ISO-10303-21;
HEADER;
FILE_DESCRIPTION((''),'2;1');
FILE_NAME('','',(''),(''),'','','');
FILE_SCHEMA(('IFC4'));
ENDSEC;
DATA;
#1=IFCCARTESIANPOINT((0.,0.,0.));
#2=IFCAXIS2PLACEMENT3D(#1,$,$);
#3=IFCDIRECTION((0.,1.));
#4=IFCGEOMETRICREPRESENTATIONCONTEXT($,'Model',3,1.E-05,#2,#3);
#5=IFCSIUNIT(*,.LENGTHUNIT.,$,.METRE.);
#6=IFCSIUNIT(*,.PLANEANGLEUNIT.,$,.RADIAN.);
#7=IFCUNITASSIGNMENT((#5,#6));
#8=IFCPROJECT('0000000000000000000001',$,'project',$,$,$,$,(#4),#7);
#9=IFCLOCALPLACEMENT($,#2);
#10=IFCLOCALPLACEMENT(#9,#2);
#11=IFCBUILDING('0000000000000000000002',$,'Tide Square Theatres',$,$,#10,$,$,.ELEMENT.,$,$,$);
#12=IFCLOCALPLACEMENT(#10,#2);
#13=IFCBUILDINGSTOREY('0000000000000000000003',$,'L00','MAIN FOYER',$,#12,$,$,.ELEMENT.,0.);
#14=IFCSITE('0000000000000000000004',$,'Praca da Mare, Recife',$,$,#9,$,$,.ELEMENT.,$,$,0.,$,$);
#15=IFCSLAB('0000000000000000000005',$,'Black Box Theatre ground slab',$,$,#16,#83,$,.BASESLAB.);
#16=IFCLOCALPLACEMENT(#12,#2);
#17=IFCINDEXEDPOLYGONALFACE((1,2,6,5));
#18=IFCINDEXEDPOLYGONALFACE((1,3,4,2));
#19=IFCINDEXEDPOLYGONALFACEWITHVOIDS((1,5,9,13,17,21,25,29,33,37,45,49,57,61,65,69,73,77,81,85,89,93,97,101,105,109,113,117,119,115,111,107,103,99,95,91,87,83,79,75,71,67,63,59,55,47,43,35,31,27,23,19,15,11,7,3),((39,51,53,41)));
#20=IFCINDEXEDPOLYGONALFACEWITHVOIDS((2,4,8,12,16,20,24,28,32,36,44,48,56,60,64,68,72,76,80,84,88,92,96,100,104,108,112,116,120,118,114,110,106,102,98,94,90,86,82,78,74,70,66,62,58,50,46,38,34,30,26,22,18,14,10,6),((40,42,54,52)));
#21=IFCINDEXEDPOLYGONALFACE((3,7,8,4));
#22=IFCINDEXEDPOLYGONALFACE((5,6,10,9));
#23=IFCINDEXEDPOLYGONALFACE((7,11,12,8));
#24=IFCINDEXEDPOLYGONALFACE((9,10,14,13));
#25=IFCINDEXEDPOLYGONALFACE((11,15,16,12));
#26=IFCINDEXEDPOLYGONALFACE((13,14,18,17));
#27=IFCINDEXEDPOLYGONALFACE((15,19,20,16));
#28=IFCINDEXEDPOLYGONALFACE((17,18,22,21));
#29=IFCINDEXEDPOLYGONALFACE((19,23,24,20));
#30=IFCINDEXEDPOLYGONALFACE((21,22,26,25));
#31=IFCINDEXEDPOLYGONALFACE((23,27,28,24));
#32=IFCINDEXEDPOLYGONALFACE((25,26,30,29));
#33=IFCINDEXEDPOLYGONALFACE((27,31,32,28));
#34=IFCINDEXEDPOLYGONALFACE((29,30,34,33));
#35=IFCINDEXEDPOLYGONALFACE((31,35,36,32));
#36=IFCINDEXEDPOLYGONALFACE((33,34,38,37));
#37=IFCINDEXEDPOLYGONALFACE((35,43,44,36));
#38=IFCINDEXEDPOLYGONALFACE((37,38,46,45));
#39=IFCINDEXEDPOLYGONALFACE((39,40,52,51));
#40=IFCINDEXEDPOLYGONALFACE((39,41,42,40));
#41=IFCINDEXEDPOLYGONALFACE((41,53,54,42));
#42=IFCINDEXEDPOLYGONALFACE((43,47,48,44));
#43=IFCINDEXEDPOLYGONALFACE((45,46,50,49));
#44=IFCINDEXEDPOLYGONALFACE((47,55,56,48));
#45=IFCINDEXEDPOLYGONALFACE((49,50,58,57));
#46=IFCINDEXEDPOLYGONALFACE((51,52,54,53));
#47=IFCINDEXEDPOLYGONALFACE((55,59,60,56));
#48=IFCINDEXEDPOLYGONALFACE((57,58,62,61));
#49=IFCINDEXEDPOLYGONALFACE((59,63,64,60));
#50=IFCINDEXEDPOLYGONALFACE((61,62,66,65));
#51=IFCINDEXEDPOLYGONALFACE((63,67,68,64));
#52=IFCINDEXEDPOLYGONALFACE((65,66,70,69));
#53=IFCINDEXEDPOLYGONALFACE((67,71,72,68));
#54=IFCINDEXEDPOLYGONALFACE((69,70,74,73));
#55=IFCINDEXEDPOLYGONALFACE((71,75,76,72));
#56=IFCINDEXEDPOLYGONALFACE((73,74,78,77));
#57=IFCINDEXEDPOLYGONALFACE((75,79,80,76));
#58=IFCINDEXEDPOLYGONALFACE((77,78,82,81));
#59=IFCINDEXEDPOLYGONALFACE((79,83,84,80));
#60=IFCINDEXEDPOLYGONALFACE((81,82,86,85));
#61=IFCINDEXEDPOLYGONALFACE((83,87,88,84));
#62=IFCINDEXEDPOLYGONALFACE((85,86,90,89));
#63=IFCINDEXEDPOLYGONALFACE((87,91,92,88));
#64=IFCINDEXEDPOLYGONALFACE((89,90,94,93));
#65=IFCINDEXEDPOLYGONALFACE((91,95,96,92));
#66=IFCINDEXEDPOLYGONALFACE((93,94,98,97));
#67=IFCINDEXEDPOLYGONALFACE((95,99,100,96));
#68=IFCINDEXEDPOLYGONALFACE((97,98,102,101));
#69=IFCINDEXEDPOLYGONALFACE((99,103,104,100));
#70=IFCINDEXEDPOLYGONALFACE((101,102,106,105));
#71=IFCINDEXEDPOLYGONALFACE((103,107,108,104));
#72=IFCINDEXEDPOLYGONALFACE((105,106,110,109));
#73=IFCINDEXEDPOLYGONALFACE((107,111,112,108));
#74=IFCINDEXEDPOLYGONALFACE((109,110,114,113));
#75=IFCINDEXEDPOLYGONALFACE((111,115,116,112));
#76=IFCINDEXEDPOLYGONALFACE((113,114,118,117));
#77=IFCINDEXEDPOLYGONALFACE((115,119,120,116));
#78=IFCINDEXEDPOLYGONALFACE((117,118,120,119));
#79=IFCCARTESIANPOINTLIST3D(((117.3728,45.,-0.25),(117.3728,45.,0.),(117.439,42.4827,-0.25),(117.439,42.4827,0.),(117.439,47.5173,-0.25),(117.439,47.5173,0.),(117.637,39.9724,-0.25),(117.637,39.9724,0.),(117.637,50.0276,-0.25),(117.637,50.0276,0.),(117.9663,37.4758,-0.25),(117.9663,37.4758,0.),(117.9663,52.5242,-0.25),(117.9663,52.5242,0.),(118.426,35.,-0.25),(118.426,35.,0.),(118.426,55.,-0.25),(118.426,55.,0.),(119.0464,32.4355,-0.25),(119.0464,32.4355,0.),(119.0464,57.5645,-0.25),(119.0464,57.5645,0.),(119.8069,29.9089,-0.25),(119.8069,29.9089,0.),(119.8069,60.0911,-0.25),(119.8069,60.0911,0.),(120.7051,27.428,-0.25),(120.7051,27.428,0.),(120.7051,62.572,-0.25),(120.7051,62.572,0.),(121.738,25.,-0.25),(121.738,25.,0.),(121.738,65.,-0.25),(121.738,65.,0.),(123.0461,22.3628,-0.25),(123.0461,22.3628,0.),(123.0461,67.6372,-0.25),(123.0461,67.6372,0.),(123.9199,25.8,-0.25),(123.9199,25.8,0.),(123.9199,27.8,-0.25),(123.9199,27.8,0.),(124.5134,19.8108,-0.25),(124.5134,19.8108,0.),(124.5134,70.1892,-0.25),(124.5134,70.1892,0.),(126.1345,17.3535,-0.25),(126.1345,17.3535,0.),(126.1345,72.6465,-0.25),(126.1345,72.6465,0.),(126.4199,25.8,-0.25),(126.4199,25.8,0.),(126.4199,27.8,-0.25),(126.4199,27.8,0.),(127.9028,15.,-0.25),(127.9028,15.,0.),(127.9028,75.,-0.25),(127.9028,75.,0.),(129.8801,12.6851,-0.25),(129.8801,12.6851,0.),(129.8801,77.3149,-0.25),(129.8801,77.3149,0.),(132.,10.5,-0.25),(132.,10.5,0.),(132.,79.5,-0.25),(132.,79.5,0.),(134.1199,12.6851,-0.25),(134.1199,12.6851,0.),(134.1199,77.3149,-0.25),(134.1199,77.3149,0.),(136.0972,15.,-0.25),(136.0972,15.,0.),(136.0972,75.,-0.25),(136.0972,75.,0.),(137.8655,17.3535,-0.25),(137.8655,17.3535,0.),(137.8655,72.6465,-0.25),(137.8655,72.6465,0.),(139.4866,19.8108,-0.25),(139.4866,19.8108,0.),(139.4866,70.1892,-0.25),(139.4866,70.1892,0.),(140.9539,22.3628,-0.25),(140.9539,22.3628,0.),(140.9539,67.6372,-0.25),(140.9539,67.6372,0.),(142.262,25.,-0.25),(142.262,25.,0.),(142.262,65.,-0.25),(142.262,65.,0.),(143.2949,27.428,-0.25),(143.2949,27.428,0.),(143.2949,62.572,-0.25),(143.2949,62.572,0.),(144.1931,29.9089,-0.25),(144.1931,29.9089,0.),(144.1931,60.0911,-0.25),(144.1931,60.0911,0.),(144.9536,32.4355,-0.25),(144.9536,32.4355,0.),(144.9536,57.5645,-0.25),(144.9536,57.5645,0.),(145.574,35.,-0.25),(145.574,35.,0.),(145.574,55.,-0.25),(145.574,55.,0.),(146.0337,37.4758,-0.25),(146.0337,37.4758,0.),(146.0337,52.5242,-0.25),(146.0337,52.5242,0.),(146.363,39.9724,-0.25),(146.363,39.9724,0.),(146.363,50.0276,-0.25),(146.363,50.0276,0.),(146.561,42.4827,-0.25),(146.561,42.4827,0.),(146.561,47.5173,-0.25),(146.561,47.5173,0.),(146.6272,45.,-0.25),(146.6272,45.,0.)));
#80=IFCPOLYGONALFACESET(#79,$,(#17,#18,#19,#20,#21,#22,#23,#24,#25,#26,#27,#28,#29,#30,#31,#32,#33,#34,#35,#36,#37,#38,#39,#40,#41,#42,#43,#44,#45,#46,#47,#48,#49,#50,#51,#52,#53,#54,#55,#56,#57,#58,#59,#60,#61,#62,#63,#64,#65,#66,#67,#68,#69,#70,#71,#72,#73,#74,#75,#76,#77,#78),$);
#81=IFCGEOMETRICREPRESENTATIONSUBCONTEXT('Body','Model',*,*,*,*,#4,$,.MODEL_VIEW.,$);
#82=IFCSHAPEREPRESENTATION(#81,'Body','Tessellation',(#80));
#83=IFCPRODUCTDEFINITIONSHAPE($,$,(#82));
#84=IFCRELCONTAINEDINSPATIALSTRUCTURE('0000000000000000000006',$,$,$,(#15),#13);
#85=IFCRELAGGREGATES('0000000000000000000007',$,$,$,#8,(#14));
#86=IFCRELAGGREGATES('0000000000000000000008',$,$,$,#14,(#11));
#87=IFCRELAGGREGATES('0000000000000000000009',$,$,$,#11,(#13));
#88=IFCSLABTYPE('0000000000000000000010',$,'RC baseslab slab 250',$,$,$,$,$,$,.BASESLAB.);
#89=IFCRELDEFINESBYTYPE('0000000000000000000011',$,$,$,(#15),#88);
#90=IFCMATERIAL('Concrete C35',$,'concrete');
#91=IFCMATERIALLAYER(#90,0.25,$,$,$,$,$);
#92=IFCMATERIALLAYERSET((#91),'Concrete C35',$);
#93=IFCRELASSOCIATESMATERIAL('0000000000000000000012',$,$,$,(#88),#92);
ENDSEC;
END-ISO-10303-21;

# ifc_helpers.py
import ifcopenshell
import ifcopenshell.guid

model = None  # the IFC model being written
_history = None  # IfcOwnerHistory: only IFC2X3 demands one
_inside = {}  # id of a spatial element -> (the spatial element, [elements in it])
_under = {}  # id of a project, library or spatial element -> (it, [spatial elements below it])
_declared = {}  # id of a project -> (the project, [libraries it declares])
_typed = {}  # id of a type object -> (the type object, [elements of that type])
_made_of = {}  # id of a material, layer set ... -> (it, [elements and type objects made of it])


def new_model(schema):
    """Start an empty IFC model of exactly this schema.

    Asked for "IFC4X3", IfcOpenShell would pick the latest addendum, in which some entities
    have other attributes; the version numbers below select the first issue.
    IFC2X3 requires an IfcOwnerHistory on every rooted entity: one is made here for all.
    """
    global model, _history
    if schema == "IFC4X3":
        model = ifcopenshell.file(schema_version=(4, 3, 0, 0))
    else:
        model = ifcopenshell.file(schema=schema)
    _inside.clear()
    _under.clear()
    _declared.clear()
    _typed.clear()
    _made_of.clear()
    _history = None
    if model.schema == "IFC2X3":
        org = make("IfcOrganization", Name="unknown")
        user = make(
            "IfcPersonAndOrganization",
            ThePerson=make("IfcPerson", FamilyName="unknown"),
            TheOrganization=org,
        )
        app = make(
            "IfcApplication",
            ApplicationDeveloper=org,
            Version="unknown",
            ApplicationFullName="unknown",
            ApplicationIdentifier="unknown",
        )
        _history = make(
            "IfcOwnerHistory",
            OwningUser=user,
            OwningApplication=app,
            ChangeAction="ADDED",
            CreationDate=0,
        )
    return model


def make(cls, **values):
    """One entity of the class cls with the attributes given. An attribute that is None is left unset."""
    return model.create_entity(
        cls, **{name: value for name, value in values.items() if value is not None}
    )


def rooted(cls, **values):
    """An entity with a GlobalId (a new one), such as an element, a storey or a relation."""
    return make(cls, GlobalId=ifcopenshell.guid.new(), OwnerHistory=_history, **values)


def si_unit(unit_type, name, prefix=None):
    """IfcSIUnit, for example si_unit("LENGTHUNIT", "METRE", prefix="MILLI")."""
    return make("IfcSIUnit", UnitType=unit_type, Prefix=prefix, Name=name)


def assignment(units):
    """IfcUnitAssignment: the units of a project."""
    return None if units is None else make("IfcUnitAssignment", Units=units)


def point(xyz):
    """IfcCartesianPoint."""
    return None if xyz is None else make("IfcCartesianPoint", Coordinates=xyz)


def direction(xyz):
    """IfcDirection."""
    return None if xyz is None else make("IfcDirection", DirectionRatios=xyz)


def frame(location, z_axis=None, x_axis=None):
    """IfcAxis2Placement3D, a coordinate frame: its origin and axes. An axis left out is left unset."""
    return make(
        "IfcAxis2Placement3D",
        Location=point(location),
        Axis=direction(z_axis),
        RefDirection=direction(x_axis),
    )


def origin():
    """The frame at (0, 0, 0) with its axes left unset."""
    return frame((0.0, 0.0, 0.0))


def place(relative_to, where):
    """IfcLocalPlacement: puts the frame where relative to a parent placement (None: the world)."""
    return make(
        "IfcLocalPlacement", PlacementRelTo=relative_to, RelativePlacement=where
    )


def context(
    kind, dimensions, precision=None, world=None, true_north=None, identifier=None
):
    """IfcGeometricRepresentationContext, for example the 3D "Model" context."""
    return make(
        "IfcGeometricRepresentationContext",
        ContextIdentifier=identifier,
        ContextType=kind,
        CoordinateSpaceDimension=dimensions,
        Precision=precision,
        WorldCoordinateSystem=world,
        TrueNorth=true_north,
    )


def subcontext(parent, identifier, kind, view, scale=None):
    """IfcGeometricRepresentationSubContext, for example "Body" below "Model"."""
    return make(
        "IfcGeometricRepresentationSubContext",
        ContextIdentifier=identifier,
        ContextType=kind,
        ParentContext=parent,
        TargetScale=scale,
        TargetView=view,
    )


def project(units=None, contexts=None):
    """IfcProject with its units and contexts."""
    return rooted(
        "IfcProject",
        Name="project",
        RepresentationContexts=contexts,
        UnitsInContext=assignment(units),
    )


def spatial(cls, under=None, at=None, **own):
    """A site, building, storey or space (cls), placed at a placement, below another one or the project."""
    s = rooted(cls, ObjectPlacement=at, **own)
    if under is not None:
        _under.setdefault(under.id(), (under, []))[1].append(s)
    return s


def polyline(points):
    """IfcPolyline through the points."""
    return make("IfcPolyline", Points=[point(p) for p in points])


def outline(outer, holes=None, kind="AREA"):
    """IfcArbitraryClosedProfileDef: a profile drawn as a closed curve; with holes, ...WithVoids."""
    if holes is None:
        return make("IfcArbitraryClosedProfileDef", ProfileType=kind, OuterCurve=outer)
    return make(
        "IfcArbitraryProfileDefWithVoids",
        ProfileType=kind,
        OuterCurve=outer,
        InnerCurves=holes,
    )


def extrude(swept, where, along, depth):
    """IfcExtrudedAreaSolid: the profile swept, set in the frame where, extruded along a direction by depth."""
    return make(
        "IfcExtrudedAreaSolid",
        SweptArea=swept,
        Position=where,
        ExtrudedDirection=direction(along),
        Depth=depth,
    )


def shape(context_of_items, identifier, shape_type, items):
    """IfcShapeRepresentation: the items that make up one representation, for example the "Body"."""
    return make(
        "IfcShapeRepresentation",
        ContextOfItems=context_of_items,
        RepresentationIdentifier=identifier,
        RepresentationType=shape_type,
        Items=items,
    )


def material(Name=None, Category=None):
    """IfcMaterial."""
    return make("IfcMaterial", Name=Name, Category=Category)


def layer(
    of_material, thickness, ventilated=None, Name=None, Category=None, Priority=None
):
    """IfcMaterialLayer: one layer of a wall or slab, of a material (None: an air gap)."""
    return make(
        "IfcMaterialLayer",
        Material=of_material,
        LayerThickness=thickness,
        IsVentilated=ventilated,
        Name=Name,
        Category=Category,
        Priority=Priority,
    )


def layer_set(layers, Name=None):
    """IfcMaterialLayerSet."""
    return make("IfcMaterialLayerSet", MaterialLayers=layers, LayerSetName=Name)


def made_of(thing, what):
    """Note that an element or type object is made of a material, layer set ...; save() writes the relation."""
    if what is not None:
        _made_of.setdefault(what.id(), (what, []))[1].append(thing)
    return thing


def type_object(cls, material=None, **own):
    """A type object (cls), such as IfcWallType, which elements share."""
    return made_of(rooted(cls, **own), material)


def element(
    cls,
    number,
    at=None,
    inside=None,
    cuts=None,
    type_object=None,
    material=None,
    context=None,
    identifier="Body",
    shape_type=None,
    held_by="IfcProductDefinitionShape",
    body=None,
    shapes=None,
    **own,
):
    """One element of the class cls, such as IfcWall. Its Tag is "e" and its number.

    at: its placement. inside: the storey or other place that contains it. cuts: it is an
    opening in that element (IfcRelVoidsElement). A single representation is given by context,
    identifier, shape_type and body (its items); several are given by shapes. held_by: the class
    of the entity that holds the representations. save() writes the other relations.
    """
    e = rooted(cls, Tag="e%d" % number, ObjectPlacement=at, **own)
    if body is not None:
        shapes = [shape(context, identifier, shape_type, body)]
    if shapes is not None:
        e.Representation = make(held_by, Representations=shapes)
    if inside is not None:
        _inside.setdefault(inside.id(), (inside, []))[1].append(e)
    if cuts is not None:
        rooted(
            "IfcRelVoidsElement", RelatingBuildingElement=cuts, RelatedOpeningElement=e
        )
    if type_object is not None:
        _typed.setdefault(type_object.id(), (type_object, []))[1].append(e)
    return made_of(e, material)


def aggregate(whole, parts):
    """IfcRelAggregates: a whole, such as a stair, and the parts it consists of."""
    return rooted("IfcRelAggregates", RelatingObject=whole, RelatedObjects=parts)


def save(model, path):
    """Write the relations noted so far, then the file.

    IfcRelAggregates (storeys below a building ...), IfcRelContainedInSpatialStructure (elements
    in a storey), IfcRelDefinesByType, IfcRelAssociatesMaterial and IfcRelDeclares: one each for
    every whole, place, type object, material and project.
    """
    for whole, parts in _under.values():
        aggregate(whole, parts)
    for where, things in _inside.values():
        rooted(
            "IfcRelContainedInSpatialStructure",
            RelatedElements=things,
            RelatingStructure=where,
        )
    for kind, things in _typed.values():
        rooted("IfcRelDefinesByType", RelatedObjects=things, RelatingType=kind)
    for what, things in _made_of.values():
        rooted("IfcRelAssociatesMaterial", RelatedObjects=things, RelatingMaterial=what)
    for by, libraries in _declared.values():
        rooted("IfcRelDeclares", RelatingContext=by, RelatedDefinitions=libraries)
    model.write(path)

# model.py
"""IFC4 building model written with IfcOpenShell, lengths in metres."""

from ifc_helpers import new_model, si_unit, direction, frame, origin, place, context, subcontext, project, spatial, polyline, outline, extrude, material, layer, layer_set, type_object, element, save


model = new_model("IFC4")

# Units and contexts
model_context = context("Model", 3, precision=1e-05, world=origin(), true_north=direction((0.0, 1.0)))
body_context = subcontext(model_context, "Body", "Model", "MODEL_VIEW")
ifc_project = project(units=[si_unit("LENGTHUNIT", "METRE"), si_unit("PLANEANGLEUNIT", "RADIAN")], contexts=[model_context])

# Site, building, storey
site_placement = place(None, origin())
site = spatial("IfcSite", under=ifc_project, at=site_placement, Name="Praca da Mare, Recife", CompositionType="ELEMENT", RefElevation=0.0)
building_placement = place(site_placement, origin())
building = spatial("IfcBuilding", under=site, at=building_placement, Name="Tide Square Theatres", CompositionType="ELEMENT")
storey_placement = place(building_placement, origin())
storey = spatial("IfcBuildingStorey", under=building, at=storey_placement, Name="L00", Description="MAIN FOYER", CompositionType="ELEMENT", Elevation=0.0)

# Slab
ifc_material_1 = material(Name="Concrete C35", Category="concrete")
ifc_layer_1 = layer(ifc_material_1, 0.25)
ifc_layer_set_1 = layer_set([ifc_layer_1], Name="Concrete C35")
slab_type_1 = type_object("IfcSlabType", Name="RC baseslab slab 250", PredefinedType="BASESLAB", material=ifc_layer_set_1)
slab_1_placement = place(storey_placement, frame((0.0, 0.0, -0.25)))
element("IfcSlab", 1, at=slab_1_placement, inside=storey, type_object=slab_type_1, Name="Black Box Theatre ground slab", PredefinedType="BASESLAB", context=body_context, shape_type="SweptSolid", body=[
    extrude(outline(polyline([(132.0, 10.5), (134.1199, 12.6851), (136.0972, 15.0), (137.8655, 17.3535), (139.4866, 19.8108), (140.9539, 22.3628), (142.262, 25.0), (143.2949, 27.428), (144.1931, 29.9089), (144.9536, 32.4355), (145.574, 35.0), (146.0337, 37.4758), (146.363, 39.9724), (146.561, 42.4827), (146.6272, 45.0), (146.561, 47.5173), (146.363, 50.0276), (146.0337, 52.5242), (145.574, 55.0), (144.9536, 57.5645), (144.1931, 60.0911), (143.2949, 62.572), (142.262, 65.0), (140.9539, 67.6372), (139.4866, 70.1892), (137.8655, 72.6465), (136.0972, 75.0), (134.1199, 77.3149), (132.0, 79.5), (129.8801, 77.3149), (127.9028, 75.0), (126.1345, 72.6465), (124.5134, 70.1892), (123.0461, 67.6372), (121.738, 65.0), (120.7051, 62.572), (119.8069, 60.0911), (119.0464, 57.5645), (118.426, 55.0), (117.9663, 52.5242), (117.637, 50.0276), (117.439, 47.5173), (117.3728, 45.0), (117.439, 42.4827), (117.637, 39.9724), (117.9663, 37.4758), (118.426, 35.0), (119.0464, 32.4355), (119.8069, 29.9089), (120.7051, 27.428), (121.738, 25.0), (123.0461, 22.3628), (124.5134, 19.8108), (126.1345, 17.3535), (127.9028, 15.0), (129.8801, 12.6851), (132.0, 10.5)]), holes=[polyline([(126.4199, 25.8), (126.4199, 27.8), (123.9199, 27.8), (123.9199, 25.8), (126.4199, 25.8)])]), origin(), (0.0, 0.0, 1.0), 0.25),
])

save(model, "model.ifc")
